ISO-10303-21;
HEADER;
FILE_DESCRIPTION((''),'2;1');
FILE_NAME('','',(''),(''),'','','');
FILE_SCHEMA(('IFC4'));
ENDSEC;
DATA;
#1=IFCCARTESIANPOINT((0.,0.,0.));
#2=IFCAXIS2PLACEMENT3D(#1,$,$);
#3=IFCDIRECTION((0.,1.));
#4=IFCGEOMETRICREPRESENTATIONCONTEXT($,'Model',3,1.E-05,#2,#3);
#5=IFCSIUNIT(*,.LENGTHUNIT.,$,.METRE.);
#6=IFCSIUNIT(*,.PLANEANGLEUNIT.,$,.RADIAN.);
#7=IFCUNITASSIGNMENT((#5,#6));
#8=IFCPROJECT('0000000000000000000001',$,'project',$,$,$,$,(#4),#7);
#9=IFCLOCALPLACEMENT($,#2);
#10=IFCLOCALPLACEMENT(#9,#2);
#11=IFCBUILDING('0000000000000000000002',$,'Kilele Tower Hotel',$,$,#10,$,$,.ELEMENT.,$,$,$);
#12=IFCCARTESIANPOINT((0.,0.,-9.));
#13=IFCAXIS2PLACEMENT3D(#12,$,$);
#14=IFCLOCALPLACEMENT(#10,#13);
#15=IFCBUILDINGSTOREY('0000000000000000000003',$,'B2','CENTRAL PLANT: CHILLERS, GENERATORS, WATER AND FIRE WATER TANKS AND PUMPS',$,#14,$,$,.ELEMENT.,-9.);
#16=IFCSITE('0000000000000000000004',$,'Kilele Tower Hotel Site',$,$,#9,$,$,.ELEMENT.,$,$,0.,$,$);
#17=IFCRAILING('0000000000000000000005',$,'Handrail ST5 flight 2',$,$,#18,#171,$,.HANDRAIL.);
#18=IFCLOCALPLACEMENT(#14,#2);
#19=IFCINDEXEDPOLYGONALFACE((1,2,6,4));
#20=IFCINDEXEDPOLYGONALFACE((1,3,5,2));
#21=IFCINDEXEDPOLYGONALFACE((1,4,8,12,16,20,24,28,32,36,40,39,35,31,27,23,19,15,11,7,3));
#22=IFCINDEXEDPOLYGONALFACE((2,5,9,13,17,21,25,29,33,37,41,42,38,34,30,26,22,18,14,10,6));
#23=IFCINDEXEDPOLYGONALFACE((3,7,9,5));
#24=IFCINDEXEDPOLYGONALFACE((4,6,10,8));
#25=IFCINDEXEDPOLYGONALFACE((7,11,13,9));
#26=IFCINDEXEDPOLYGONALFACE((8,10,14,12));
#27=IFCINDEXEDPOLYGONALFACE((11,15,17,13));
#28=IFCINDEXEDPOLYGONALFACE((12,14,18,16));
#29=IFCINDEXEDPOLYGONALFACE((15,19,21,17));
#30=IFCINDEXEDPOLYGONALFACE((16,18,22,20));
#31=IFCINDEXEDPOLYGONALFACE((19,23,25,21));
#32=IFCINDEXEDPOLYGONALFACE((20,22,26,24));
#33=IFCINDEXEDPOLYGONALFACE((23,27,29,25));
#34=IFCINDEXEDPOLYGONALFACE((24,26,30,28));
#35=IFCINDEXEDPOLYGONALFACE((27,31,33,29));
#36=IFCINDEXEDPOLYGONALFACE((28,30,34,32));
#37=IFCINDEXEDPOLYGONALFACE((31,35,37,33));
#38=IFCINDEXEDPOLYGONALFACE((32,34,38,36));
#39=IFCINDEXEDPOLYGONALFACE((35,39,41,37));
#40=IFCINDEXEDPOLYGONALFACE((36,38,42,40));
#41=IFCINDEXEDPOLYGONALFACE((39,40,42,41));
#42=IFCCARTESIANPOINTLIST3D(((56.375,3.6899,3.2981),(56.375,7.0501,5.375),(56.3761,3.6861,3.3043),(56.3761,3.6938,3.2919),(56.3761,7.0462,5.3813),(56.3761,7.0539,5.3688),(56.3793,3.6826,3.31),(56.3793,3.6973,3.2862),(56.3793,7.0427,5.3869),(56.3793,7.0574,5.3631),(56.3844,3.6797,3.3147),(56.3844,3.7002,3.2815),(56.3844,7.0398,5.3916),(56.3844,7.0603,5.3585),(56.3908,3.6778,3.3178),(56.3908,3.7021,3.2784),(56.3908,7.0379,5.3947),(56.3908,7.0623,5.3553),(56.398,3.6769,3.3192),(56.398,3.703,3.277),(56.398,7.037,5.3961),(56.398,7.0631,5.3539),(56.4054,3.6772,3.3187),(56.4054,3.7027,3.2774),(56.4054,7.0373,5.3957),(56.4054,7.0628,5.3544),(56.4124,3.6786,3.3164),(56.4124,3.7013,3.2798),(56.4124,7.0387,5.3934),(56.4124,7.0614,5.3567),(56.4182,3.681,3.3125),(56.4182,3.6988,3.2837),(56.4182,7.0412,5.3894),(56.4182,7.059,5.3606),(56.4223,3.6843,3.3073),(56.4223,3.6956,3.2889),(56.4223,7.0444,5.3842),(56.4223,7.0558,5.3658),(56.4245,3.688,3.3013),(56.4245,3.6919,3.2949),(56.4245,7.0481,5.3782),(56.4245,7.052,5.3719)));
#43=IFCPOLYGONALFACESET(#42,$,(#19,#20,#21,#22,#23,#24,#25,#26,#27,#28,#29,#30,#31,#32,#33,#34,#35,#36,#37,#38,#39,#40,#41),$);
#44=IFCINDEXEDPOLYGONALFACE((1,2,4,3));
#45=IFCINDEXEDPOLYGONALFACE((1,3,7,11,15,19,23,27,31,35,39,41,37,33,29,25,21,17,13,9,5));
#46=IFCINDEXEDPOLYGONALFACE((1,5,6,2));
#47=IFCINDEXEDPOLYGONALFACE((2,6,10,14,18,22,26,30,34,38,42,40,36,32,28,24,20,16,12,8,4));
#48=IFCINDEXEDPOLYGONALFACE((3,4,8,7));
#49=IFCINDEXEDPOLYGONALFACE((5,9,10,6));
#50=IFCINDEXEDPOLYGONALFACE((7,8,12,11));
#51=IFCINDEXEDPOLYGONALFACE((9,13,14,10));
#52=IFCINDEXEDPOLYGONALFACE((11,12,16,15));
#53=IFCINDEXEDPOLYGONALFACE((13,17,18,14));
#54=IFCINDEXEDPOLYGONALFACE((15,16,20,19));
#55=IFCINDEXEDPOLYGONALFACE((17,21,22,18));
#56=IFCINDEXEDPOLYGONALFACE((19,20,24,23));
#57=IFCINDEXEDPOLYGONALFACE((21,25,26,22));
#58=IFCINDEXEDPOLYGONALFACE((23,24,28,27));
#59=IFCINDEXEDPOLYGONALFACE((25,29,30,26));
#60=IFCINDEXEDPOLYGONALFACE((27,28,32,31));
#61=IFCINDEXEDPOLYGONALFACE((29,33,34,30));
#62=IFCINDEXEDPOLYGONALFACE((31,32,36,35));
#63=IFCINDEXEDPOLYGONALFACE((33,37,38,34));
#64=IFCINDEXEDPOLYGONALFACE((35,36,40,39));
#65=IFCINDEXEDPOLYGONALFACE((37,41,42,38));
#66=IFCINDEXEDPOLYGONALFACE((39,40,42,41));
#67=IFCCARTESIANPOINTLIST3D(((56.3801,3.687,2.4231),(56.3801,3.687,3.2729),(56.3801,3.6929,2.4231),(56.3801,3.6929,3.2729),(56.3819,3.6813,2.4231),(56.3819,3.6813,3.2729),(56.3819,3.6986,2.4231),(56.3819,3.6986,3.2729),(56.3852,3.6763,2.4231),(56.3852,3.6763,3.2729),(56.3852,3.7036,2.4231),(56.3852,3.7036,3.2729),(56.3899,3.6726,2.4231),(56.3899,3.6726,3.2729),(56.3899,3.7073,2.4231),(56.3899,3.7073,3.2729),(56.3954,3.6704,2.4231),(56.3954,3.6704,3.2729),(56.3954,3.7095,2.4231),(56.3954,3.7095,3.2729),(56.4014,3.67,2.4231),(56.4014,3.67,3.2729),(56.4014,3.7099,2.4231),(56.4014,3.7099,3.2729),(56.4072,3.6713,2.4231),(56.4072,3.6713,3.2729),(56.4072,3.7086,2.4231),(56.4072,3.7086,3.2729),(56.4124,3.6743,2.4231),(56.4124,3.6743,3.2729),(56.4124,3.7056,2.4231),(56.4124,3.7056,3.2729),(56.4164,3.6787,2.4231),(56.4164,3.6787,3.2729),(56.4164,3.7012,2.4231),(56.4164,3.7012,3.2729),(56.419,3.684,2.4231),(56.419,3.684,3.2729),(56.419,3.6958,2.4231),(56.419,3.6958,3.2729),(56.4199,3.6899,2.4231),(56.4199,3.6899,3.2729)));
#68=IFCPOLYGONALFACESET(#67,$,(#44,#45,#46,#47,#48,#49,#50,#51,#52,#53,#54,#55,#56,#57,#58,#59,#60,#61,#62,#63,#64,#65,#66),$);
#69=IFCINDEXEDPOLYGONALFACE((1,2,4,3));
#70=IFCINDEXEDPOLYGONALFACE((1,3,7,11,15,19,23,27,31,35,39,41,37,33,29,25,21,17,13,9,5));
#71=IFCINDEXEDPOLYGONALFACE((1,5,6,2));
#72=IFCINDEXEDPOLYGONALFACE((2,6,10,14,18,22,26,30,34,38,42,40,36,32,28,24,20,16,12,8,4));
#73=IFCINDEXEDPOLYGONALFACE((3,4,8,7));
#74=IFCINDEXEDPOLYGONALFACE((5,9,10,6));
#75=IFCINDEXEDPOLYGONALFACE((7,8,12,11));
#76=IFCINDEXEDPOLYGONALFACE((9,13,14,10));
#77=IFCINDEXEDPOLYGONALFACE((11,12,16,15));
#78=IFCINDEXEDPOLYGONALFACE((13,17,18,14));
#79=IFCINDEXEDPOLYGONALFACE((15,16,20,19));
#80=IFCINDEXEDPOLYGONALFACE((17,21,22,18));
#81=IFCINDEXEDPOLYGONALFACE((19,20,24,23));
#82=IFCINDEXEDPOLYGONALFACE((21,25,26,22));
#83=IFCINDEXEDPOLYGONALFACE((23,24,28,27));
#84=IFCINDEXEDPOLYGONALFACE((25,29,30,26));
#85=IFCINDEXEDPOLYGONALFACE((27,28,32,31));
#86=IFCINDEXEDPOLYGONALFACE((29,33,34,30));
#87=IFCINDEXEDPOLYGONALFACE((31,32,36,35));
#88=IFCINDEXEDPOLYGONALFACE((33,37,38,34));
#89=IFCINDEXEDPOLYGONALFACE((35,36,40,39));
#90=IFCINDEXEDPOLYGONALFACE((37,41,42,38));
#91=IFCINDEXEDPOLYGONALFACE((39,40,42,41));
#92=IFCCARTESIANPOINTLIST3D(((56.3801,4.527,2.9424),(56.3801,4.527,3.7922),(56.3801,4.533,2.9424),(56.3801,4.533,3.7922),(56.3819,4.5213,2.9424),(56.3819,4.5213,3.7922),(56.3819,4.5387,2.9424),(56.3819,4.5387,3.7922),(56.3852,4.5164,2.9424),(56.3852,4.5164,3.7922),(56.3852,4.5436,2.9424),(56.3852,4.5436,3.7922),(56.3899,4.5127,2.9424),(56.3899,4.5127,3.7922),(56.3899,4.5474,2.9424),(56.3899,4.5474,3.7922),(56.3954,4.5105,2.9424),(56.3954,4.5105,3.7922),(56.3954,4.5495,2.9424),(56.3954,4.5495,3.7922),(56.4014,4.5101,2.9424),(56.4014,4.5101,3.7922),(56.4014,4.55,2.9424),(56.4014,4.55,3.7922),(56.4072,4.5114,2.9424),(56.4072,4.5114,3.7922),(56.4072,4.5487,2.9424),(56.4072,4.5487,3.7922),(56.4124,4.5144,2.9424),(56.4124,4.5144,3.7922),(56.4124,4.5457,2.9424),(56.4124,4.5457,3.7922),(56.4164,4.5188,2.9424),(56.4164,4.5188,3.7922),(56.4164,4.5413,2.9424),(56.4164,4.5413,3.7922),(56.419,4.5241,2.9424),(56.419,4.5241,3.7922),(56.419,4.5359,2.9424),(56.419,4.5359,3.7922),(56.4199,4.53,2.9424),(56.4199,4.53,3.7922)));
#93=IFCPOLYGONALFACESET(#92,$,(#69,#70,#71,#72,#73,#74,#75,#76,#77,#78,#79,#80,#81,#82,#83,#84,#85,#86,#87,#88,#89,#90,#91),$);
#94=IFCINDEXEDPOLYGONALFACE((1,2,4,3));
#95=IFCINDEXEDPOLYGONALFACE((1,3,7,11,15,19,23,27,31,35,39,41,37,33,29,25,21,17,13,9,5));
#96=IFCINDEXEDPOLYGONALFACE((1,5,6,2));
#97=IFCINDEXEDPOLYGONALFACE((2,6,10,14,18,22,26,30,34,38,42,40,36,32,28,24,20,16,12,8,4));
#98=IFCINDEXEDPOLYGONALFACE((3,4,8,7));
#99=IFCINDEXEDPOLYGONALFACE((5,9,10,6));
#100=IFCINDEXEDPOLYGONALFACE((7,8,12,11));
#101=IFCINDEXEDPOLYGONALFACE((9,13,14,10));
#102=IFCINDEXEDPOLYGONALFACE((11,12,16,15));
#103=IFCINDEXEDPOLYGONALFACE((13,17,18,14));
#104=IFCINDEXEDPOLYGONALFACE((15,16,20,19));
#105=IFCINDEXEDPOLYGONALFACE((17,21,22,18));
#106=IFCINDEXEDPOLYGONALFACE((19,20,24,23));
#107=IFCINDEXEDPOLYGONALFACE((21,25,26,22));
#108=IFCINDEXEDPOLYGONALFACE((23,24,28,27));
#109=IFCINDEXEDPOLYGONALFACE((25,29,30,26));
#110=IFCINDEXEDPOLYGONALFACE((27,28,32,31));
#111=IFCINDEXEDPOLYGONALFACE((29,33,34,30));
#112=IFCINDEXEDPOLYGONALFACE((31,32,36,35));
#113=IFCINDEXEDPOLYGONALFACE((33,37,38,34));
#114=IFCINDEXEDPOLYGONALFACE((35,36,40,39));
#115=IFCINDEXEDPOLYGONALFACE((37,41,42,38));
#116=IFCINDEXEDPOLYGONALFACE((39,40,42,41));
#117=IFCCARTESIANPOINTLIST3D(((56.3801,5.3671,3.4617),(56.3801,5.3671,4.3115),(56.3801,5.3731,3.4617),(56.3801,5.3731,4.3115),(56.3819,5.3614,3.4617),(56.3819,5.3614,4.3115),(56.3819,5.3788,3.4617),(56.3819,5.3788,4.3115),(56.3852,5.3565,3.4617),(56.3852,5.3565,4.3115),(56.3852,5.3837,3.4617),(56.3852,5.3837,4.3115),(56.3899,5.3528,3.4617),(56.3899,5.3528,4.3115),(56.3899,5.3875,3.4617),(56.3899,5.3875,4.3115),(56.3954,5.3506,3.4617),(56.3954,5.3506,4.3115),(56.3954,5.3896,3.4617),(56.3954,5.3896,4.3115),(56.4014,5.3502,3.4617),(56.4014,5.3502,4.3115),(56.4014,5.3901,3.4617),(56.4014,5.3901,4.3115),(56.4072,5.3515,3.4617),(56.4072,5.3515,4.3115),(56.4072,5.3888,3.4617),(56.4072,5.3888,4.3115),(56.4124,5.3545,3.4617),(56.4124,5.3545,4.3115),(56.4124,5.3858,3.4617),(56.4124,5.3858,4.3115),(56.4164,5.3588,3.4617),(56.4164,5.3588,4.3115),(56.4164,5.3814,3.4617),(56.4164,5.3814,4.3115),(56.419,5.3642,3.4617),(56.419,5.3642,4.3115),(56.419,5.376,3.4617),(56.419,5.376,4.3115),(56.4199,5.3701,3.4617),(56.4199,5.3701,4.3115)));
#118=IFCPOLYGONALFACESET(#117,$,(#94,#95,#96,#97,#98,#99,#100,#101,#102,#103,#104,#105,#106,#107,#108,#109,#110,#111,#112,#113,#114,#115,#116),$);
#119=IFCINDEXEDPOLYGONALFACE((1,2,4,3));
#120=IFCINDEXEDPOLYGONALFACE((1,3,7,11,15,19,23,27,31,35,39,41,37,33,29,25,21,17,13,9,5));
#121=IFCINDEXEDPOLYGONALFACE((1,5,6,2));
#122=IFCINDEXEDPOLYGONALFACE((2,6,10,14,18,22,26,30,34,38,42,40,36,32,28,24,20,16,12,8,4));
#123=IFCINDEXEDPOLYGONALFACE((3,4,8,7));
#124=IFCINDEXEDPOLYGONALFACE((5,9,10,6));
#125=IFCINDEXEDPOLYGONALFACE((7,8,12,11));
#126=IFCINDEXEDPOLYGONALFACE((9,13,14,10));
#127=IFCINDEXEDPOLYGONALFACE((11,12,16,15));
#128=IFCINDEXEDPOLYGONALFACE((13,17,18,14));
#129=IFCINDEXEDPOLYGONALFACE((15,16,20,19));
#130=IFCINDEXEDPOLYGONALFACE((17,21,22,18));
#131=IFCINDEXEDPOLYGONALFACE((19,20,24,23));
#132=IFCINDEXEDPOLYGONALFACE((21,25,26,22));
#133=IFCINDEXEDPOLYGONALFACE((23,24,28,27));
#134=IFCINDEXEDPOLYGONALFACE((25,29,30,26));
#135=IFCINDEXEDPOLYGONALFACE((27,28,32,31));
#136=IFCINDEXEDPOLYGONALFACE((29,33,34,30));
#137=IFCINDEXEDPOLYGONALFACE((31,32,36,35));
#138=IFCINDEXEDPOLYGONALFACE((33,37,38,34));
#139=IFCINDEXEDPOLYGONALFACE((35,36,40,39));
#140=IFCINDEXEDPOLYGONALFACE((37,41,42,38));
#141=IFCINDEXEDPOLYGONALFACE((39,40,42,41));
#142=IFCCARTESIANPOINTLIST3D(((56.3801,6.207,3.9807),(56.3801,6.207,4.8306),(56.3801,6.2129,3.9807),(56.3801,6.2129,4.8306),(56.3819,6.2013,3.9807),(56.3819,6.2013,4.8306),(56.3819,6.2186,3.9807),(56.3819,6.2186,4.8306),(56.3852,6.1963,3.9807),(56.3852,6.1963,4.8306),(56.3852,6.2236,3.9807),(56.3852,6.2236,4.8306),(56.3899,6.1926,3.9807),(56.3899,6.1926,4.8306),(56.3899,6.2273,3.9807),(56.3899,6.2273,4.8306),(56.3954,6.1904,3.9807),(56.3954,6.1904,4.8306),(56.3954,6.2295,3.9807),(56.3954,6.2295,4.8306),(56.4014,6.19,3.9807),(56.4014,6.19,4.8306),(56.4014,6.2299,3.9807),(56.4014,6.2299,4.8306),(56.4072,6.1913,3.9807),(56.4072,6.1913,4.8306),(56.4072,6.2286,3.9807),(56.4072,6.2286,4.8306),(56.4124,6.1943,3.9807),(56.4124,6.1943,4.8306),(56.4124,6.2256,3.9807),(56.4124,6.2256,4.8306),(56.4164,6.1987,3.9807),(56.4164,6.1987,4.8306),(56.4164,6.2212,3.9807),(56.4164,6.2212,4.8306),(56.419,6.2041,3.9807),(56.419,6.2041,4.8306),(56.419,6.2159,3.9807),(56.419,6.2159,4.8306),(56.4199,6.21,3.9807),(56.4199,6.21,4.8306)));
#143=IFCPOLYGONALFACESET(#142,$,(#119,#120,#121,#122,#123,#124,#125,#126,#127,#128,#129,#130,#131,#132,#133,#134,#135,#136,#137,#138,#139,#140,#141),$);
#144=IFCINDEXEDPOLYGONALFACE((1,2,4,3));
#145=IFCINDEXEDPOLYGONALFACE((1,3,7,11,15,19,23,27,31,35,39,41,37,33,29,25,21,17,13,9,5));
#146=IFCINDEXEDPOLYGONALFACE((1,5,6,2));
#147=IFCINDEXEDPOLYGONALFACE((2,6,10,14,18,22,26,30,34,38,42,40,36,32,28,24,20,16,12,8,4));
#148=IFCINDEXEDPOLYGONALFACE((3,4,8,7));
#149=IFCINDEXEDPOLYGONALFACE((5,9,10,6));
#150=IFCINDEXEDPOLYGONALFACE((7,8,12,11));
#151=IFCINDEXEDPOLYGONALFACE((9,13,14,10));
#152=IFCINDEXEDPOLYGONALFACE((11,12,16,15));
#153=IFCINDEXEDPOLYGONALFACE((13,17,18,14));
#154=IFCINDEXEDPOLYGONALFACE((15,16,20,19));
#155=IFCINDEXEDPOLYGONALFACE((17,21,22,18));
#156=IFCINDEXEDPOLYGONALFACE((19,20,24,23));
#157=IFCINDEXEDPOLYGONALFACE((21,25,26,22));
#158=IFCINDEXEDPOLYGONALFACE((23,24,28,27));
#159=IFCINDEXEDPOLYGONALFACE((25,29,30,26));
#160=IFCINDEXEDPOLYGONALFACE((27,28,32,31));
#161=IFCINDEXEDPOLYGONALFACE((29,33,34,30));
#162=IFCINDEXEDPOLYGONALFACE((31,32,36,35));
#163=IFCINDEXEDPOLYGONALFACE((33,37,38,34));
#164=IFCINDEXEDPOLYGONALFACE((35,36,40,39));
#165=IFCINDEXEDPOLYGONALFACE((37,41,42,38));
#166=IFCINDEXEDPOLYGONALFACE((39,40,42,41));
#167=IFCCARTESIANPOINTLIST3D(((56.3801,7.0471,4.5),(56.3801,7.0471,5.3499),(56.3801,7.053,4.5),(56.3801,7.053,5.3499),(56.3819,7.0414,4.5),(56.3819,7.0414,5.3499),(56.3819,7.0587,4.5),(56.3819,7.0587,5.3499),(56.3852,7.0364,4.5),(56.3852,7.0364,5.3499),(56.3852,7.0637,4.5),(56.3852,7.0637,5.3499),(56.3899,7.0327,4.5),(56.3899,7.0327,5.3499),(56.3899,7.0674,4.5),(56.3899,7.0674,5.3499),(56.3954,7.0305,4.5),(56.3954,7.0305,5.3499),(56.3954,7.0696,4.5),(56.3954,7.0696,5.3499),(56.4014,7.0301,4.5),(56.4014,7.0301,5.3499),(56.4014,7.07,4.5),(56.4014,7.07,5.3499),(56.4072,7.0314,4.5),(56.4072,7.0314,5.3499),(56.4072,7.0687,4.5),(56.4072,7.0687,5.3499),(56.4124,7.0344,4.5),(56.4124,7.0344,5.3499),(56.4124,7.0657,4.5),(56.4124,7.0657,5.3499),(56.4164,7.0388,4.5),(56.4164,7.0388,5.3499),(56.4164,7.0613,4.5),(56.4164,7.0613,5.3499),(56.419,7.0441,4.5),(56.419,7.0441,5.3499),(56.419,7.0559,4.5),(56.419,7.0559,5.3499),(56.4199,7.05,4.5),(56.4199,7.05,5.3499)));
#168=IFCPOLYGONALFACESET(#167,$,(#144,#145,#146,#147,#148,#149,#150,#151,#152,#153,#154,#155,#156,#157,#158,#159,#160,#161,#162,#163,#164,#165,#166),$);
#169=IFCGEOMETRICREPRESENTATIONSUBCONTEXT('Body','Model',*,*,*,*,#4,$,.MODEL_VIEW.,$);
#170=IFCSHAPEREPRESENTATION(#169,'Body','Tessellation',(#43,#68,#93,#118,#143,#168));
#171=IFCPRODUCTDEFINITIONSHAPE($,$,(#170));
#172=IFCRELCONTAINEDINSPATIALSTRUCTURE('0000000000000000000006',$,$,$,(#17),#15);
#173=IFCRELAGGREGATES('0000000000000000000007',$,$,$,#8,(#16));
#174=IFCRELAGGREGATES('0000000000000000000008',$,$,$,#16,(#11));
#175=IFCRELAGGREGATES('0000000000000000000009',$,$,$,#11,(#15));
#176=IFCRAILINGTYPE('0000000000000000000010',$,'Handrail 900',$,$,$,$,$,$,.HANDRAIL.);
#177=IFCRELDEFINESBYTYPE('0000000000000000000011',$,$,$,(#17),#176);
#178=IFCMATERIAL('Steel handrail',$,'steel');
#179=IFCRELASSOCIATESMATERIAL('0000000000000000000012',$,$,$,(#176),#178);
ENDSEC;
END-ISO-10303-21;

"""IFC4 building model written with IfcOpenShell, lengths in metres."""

from ifc_helpers import new_model, si_unit, direction, frame, origin, origin_2d, place, context, subcontext, project, spatial, circle, extrude, material, type_object, element, save


model = new_model("IFC4")

# Units and contexts
model_context = context("Model", 3, precision=1e-05, world=origin(), true_north=direction((0.0, 1.0)))
body_context = subcontext(model_context, "Body", "Model", "MODEL_VIEW")
ifc_project = project(units=[si_unit("LENGTHUNIT", "METRE"), si_unit("PLANEANGLEUNIT", "RADIAN")], contexts=[model_context])

# Site, building, storey
site_placement = place(None, origin())
site = spatial("IfcSite", under=ifc_project, at=site_placement, Name="Kilele Tower Hotel Site", CompositionType="ELEMENT", RefElevation=0.0)
building_placement = place(site_placement, origin())
building = spatial("IfcBuilding", under=site, at=building_placement, Name="Kilele Tower Hotel", CompositionType="ELEMENT")
storey_placement = place(building_placement, frame((0.0, 0.0, -9.0)))
storey = spatial("IfcBuildingStorey", under=building, at=storey_placement, Name="B2", Description="CENTRAL PLANT: CHILLERS, GENERATORS, WATER AND FIRE WATER TANKS AND PUMPS", CompositionType="ELEMENT", Elevation=-9.0)

# Railing
ifc_material_1 = material(Name="Steel handrail", Category="steel")
railing_type_1 = type_object("IfcRailingType", Name="Handrail 900", PredefinedType="HANDRAIL", material=ifc_material_1)
for number, where, name in (
    (1, (56.3999, 3.6899, 2.4231), "Handrail ST5 flight 2"),
):
    element("IfcRailing", number, at=place(storey_placement, frame(where)), inside=storey, type_object=railing_type_1, Name=name, PredefinedType="HANDRAIL", context=body_context, shape_type="SweptSolid", body=[
        extrude(circle(Radius=0.0249, at=origin_2d()), frame((0.0, 0.0, 0.875), z_axis=(0.0, 0.850623, 0.525776), x_axis=(-1.0, 0.0, 0.0)), (0.0, 0.0, 1.0), 3.9502),
        extrude(circle(Radius=0.02, at=origin_2d()), origin(), (0.0, 0.0, 1.0), 0.8499),
        extrude(circle(Radius=0.02, at=origin_2d()), frame((0.0, 0.8401, 0.5193)), (0.0, 0.0, 1.0), 0.8499),
        extrude(circle(Radius=0.02, at=origin_2d()), frame((0.0, 1.6802, 1.0386)), (0.0, 0.0, 1.0), 0.8499),
        extrude(circle(Radius=0.02, at=origin_2d()), frame((0.0, 2.52, 1.5576)), (0.0, 0.0, 1.0), 0.8499),
        extrude(circle(Radius=0.02, at=origin_2d()), frame((0.0, 3.3601, 2.0769)), (0.0, 0.0, 1.0), 0.8499),
    ])

save(model, "model.ifc")
